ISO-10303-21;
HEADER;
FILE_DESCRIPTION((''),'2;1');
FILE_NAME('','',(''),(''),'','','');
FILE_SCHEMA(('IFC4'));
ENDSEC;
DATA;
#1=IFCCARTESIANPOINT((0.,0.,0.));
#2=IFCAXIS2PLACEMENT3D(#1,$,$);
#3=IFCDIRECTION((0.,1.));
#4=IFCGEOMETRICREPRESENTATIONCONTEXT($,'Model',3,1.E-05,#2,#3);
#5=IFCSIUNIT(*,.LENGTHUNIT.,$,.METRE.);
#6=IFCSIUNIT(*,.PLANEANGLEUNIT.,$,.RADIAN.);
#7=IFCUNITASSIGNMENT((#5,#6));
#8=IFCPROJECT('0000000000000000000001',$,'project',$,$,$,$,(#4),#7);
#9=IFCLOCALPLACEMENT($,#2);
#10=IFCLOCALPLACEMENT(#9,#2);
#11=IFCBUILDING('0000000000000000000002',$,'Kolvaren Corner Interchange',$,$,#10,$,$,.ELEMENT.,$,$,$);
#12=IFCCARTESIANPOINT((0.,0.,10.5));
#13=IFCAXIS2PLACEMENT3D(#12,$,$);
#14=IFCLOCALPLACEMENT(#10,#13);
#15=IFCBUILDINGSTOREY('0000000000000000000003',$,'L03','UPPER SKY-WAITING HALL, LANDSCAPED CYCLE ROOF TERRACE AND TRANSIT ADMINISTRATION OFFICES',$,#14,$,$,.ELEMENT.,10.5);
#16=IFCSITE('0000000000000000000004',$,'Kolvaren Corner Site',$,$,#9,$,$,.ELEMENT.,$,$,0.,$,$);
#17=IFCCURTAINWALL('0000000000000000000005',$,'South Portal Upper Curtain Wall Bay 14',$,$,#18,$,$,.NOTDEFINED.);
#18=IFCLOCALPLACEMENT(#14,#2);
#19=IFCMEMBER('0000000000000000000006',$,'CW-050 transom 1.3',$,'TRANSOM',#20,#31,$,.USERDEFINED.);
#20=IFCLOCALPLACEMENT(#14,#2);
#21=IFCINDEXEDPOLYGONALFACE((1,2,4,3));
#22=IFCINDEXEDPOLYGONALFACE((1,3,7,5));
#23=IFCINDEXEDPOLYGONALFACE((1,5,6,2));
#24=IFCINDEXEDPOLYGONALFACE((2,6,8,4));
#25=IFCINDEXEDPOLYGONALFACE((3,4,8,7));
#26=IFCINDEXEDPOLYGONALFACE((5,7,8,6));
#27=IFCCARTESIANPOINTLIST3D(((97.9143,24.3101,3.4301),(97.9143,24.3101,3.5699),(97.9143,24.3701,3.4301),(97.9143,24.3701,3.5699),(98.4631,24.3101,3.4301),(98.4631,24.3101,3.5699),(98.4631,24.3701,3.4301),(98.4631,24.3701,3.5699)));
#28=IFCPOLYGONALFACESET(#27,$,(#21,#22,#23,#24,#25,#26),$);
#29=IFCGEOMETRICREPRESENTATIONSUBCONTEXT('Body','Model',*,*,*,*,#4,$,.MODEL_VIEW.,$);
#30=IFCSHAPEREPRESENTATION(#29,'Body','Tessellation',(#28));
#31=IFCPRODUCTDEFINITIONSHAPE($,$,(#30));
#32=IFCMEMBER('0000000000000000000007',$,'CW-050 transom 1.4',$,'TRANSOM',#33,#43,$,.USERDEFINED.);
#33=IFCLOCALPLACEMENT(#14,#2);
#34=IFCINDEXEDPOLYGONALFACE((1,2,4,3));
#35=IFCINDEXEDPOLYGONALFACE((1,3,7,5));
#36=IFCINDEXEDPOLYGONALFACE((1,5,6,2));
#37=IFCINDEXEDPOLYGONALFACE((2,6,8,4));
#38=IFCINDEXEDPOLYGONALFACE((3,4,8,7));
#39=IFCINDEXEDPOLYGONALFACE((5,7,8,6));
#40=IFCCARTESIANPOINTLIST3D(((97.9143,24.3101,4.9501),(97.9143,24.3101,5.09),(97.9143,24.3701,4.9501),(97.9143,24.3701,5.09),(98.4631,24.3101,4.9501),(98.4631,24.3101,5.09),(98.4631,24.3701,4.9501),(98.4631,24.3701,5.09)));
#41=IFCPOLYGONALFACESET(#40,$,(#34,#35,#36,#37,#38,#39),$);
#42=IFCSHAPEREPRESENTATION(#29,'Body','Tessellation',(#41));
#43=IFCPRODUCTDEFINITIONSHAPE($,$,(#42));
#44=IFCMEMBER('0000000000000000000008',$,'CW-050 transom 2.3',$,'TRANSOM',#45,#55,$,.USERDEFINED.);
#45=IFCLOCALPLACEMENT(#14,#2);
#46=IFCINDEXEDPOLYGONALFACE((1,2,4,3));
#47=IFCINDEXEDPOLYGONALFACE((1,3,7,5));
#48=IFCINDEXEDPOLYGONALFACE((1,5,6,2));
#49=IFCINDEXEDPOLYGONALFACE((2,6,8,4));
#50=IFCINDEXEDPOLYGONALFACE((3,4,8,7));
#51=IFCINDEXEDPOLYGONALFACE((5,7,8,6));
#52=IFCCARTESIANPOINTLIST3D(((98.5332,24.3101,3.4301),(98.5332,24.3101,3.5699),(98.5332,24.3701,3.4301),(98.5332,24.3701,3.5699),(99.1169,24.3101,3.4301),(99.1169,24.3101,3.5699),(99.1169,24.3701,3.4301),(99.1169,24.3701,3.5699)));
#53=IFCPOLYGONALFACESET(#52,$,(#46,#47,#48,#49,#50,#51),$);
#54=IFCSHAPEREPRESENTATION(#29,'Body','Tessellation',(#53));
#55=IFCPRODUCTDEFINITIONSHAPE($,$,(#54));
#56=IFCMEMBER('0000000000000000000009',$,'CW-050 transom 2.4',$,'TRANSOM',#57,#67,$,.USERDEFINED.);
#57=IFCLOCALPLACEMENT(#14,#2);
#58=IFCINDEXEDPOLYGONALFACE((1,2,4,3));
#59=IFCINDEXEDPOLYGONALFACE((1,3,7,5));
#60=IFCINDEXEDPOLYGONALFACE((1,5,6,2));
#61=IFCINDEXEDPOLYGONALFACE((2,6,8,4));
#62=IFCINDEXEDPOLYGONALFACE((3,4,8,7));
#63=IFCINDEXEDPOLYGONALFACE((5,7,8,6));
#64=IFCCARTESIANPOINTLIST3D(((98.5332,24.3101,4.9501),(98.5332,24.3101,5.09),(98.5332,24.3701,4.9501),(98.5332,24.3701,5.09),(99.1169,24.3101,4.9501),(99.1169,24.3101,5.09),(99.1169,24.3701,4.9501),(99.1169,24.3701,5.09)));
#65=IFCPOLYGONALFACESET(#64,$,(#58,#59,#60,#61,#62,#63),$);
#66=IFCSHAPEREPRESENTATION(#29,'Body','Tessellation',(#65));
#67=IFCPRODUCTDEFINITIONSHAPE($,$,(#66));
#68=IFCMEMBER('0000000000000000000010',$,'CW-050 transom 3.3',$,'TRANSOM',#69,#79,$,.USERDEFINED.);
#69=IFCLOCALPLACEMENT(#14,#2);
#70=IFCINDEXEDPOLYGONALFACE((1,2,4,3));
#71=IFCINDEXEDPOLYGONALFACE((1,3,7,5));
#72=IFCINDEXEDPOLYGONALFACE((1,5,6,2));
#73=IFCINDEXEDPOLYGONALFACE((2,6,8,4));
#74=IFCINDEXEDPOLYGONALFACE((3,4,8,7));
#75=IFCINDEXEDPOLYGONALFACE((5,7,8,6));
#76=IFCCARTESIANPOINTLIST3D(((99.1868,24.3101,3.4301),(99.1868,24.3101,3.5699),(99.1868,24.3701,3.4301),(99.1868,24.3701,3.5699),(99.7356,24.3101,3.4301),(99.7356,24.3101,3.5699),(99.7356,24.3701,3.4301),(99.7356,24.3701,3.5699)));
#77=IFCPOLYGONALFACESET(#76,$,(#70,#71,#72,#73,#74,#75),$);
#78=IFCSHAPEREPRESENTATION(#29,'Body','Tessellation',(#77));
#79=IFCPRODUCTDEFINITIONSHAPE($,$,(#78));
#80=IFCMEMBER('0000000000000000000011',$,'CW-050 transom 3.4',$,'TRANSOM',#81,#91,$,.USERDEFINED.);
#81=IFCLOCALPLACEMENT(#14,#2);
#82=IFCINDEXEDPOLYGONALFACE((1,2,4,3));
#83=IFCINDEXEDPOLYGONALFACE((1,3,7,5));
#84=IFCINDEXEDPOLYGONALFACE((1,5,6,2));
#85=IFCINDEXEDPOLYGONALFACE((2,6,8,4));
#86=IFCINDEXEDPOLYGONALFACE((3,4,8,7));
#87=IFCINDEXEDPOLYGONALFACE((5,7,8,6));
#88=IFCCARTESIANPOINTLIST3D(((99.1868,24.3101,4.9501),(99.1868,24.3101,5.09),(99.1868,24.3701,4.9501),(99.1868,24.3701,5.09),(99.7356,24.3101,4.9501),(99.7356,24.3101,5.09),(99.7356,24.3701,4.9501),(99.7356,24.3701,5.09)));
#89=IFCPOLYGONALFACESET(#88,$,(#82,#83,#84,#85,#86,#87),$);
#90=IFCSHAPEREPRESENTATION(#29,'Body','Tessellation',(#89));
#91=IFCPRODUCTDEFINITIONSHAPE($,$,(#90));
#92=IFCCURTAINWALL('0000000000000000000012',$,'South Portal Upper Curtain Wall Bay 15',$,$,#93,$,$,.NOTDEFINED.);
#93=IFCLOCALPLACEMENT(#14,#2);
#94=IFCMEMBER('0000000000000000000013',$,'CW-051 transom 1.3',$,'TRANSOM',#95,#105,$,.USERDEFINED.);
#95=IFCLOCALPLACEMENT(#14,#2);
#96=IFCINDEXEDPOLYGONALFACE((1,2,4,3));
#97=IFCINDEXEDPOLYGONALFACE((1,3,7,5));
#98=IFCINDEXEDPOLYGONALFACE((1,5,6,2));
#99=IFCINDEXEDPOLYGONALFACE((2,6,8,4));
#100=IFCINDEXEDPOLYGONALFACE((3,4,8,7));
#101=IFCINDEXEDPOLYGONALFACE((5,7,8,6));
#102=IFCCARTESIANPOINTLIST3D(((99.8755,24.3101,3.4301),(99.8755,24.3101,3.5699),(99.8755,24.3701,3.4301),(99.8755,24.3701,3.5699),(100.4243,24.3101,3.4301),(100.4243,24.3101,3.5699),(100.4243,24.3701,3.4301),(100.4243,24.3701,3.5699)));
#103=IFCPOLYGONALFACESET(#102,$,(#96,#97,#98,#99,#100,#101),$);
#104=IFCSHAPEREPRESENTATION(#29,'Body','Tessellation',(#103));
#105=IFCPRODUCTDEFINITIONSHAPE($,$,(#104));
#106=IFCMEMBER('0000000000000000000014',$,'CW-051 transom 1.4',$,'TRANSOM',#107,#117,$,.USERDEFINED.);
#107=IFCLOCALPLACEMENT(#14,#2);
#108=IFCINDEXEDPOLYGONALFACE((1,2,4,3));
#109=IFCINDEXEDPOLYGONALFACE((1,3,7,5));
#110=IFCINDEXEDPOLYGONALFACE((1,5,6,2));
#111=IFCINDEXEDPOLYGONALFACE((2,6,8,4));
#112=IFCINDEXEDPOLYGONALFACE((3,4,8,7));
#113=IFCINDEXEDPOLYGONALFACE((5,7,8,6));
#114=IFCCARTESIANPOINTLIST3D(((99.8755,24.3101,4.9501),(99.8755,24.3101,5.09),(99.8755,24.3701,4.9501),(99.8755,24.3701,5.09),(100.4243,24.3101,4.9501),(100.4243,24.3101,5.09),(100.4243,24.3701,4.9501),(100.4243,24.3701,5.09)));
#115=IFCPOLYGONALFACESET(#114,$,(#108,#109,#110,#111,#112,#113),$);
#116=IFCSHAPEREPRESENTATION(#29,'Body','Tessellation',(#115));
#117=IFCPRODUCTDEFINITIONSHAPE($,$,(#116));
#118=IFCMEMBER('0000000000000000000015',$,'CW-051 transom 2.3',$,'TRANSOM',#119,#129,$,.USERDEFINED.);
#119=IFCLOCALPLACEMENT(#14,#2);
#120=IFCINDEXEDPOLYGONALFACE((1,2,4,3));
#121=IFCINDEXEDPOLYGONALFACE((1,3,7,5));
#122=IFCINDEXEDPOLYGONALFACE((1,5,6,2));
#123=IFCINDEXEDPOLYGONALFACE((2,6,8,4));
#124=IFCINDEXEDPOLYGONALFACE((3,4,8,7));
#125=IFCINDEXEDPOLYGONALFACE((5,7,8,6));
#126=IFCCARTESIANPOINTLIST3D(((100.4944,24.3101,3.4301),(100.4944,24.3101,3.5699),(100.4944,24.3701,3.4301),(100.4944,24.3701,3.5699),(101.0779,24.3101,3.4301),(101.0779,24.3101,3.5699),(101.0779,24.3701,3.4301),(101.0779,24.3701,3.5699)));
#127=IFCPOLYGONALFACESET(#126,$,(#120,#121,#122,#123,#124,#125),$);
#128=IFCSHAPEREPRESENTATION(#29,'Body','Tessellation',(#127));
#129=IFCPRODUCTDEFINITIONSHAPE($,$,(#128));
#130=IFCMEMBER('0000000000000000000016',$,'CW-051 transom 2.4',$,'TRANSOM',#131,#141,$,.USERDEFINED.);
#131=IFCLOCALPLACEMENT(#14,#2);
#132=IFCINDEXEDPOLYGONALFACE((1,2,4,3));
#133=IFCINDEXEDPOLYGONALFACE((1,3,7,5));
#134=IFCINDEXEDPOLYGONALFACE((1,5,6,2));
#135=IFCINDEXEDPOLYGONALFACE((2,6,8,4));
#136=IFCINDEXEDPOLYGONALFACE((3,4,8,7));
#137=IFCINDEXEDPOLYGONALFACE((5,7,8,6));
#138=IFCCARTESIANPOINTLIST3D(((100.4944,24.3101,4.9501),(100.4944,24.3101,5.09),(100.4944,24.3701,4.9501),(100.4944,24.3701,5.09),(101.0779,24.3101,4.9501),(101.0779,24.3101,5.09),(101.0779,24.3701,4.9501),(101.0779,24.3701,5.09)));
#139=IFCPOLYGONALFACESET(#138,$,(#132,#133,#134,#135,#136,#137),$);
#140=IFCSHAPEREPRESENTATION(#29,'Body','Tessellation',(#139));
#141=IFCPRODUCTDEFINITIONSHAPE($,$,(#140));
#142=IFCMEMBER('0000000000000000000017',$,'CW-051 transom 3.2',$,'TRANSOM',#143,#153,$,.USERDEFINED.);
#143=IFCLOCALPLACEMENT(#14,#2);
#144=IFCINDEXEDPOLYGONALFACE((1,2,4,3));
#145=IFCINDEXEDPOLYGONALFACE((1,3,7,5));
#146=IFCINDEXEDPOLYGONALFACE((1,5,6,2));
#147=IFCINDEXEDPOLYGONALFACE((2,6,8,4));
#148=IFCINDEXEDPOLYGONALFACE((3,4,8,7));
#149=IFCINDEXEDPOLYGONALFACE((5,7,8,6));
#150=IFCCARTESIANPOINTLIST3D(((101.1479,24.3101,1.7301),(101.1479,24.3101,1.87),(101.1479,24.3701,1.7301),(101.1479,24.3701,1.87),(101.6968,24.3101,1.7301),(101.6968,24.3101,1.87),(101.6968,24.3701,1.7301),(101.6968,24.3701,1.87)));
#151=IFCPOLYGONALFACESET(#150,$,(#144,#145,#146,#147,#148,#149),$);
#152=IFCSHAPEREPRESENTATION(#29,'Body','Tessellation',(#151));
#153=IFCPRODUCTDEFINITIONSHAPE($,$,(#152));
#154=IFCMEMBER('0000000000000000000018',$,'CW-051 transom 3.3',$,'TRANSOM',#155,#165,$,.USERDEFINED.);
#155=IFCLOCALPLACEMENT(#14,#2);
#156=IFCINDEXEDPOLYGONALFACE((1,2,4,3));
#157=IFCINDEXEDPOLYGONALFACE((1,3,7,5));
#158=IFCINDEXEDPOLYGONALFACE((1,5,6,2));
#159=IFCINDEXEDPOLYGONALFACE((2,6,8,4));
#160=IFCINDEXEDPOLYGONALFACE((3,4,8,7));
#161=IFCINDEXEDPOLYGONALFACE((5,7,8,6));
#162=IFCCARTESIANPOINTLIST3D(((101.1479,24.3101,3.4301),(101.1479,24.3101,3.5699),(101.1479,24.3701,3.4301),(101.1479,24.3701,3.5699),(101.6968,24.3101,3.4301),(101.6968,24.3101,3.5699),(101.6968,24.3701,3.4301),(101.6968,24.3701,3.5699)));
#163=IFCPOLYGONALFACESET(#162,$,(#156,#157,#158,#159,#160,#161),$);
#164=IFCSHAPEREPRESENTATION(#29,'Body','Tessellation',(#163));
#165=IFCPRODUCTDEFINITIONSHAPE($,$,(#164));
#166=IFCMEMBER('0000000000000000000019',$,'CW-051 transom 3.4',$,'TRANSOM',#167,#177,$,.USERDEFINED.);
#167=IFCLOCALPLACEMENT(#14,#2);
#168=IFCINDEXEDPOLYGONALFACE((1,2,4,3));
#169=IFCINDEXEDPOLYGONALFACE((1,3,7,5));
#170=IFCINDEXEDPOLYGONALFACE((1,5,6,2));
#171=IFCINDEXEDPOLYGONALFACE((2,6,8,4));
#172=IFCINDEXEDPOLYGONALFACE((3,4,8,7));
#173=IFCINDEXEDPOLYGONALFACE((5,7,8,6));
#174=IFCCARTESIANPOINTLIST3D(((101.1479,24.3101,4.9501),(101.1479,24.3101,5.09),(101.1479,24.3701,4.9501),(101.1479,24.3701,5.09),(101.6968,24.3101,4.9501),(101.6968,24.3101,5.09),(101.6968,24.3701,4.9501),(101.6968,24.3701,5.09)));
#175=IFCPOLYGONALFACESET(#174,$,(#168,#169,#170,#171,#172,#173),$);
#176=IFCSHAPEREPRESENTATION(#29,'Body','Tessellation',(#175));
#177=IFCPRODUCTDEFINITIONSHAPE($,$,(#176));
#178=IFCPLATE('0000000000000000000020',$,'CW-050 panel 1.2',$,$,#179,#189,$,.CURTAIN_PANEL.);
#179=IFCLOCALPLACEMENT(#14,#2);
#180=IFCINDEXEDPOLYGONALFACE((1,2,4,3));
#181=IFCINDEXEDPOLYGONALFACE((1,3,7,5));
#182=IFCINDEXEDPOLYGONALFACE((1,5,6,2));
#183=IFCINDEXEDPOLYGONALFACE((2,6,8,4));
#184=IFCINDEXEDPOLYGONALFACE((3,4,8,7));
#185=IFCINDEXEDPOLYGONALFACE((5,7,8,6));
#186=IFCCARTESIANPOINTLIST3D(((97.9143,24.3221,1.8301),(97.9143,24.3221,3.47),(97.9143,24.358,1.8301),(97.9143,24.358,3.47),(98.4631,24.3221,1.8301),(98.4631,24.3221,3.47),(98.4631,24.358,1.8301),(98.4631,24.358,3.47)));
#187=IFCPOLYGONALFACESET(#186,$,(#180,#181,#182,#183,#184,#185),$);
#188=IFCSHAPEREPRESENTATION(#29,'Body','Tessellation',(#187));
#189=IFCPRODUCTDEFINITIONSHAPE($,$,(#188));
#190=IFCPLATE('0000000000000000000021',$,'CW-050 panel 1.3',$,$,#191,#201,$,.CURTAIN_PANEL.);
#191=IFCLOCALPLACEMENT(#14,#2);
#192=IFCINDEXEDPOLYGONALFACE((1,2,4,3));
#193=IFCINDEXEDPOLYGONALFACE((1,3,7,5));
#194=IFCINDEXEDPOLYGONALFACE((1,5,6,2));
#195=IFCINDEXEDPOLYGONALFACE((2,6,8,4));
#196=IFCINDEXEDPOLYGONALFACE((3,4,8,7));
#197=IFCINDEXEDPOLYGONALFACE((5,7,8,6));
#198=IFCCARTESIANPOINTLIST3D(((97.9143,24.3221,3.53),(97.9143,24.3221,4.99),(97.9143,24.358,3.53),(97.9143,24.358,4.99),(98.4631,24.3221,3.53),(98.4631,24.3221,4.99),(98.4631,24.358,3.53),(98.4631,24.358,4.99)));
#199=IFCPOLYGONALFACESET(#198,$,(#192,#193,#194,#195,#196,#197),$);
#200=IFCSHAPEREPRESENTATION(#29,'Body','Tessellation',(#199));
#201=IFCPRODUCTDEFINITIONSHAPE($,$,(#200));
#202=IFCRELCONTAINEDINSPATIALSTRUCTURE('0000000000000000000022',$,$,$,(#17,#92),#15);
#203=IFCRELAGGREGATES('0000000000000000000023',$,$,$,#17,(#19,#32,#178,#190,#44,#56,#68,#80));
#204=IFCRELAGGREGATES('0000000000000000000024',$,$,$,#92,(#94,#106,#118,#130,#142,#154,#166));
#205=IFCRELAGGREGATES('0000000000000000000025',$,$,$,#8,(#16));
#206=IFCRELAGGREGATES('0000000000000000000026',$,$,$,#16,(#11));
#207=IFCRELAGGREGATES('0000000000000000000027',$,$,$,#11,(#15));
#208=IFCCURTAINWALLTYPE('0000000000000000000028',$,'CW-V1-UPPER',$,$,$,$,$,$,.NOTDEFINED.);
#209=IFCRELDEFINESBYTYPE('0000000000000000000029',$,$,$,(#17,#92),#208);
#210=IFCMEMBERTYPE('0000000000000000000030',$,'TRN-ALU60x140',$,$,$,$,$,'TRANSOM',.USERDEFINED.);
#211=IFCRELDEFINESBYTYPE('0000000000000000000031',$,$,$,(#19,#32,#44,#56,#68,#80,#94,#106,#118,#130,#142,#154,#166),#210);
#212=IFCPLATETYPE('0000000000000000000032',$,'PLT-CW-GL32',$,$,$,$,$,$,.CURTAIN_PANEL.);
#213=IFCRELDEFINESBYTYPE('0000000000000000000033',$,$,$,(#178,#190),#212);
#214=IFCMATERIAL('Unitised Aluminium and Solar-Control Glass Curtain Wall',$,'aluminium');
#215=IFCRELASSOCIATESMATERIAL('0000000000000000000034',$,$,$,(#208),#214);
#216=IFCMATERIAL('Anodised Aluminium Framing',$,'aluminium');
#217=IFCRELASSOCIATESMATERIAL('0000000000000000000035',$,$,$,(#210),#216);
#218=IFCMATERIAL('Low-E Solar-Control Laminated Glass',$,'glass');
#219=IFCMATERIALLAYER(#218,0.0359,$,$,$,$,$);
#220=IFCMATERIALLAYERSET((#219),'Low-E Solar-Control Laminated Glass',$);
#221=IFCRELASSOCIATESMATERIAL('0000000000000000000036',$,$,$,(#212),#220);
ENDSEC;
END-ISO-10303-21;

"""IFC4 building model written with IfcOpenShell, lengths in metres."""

from ifc_helpers import new_model, si_unit, direction, frame, origin, origin_2d, place, context, subcontext, project, spatial, rectangle, extrude, material, layer, layer_set, material_profile, profile_set, type_object, element, aggregate, save


model = new_model("IFC4")

# Units and contexts
model_context = context("Model", 3, precision=1e-05, world=origin(), true_north=direction((0.0, 1.0)))
body_context = subcontext(model_context, "Body", "Model", "MODEL_VIEW")
ifc_project = project(units=[si_unit("LENGTHUNIT", "METRE"), si_unit("PLANEANGLEUNIT", "RADIAN")], contexts=[model_context])

# Site, building, storey
site_placement = place(None, origin())
site = spatial("IfcSite", under=ifc_project, at=site_placement, Name="Kolvaren Corner Site", CompositionType="ELEMENT", RefElevation=0.0)
building_placement = place(site_placement, origin())
building = spatial("IfcBuilding", under=site, at=building_placement, Name="Kolvaren Corner Interchange", CompositionType="ELEMENT")
storey_placement = place(building_placement, frame((0.0, 0.0, 10.5)))
storey = spatial("IfcBuildingStorey", under=building, at=storey_placement, Name="L03", Description="UPPER SKY-WAITING HALL, LANDSCAPED CYCLE ROOF TERRACE AND TRANSIT ADMINISTRATION OFFICES", CompositionType="ELEMENT", Elevation=10.5)

# Curtain walls, members
ifc_material_1 = material(Name="Unitised Aluminium and Solar-Control Glass Curtain Wall", Category="aluminium")
curtain_wall_type = type_object("IfcCurtainWallType", Name="CW-V1-UPPER", PredefinedType="NOTDEFINED", material=ifc_material_1)
curtain_wall_1_placement = place(storey_placement, origin())
curtain_wall_1 = element("IfcCurtainWall", 1, at=curtain_wall_1_placement, inside=storey, type_object=curtain_wall_type, Name="South Portal Upper Curtain Wall Bay 14", PredefinedType="NOTDEFINED")
ifc_material_2 = material(Name="Anodised Aluminium Framing", Category="aluminium")
ifc_material_profile = material_profile(ifc_material_2, rectangle(XDim=0.0601, YDim=0.1399, at=origin_2d()), Name="ALU 60x140")
ifc_profile_set = profile_set([ifc_material_profile], Name="Anodised Aluminium Framing")
member_type = type_object("IfcMemberType", Name="TRN-ALU60x140", ElementType="TRANSOM", PredefinedType="USERDEFINED", material=ifc_profile_set)
member_1_placement = place(storey_placement, frame((97.9143, 24.3401, 3.5), z_axis=(1.0, 0.0, 0.0), x_axis=(0.0, 1.0, 0.0)))
member_1 = element("IfcMember", 2, at=member_1_placement, type_object=member_type, Name="CW-050 transom 1.3", ObjectType="TRANSOM", PredefinedType="USERDEFINED", context=body_context, shape_type="SweptSolid", body=[
    extrude(rectangle(XDim=0.0601, YDim=0.1399, at=origin_2d()), origin(), (0.0, 0.0, 1.0), 0.5488),
])
member_2_placement = place(storey_placement, frame((97.9143, 24.3401, 5.02), z_axis=(1.0, 0.0, 0.0), x_axis=(0.0, 1.0, 0.0)))
member_2 = element("IfcMember", 3, at=member_2_placement, type_object=member_type, Name="CW-050 transom 1.4", ObjectType="TRANSOM", PredefinedType="USERDEFINED", context=body_context, shape_type="SweptSolid", body=[
    extrude(rectangle(XDim=0.0601, YDim=0.1399, at=origin_2d()), origin(), (0.0, 0.0, 1.0), 0.5488),
])
member_3_placement = place(storey_placement, frame((98.5332, 24.3401, 3.5), z_axis=(1.0, 0.0, 0.0), x_axis=(0.0, 1.0, 0.0)))
member_3 = element("IfcMember", 4, at=member_3_placement, type_object=member_type, Name="CW-050 transom 2.3", ObjectType="TRANSOM", PredefinedType="USERDEFINED", context=body_context, shape_type="SweptSolid", body=[
    extrude(rectangle(XDim=0.0601, YDim=0.1399, at=origin_2d()), origin(), (0.0, 0.0, 1.0), 0.5837),
])
member_4_placement = place(storey_placement, frame((98.5332, 24.3401, 5.02), z_axis=(1.0, 0.0, 0.0), x_axis=(0.0, 1.0, 0.0)))
member_4 = element("IfcMember", 5, at=member_4_placement, type_object=member_type, Name="CW-050 transom 2.4", ObjectType="TRANSOM", PredefinedType="USERDEFINED", context=body_context, shape_type="SweptSolid", body=[
    extrude(rectangle(XDim=0.0601, YDim=0.1399, at=origin_2d()), origin(), (0.0, 0.0, 1.0), 0.5837),
])
member_5_placement = place(storey_placement, frame((99.1868, 24.3401, 3.5), z_axis=(1.0, 0.0, 0.0), x_axis=(0.0, 1.0, 0.0)))
member_5 = element("IfcMember", 6, at=member_5_placement, type_object=member_type, Name="CW-050 transom 3.3", ObjectType="TRANSOM", PredefinedType="USERDEFINED", context=body_context, shape_type="SweptSolid", body=[
    extrude(rectangle(XDim=0.0601, YDim=0.1399, at=origin_2d()), origin(), (0.0, 0.0, 1.0), 0.5488),
])
member_6_placement = place(storey_placement, frame((99.1868, 24.3401, 5.02), z_axis=(1.0, 0.0, 0.0), x_axis=(0.0, 1.0, 0.0)))
member_6 = element("IfcMember", 7, at=member_6_placement, type_object=member_type, Name="CW-050 transom 3.4", ObjectType="TRANSOM", PredefinedType="USERDEFINED", context=body_context, shape_type="SweptSolid", body=[
    extrude(rectangle(XDim=0.0601, YDim=0.1399, at=origin_2d()), origin(), (0.0, 0.0, 1.0), 0.5488),
])
curtain_wall_2_placement = place(storey_placement, origin())
curtain_wall_2 = element("IfcCurtainWall", 8, at=curtain_wall_2_placement, inside=storey, type_object=curtain_wall_type, Name="South Portal Upper Curtain Wall Bay 15", PredefinedType="NOTDEFINED")
member_7_placement = place(storey_placement, frame((99.8755, 24.3401, 3.5), z_axis=(1.0, 0.0, 0.0), x_axis=(0.0, 1.0, 0.0)))
member_7 = element("IfcMember", 9, at=member_7_placement, type_object=member_type, Name="CW-051 transom 1.3", ObjectType="TRANSOM", PredefinedType="USERDEFINED", context=body_context, shape_type="SweptSolid", body=[
    extrude(rectangle(XDim=0.0601, YDim=0.1399, at=origin_2d()), origin(), (0.0, 0.0, 1.0), 0.5488),
])
member_8_placement = place(storey_placement, frame((99.8755, 24.3401, 5.02), z_axis=(1.0, 0.0, 0.0), x_axis=(0.0, 1.0, 0.0)))
member_8 = element("IfcMember", 10, at=member_8_placement, type_object=member_type, Name="CW-051 transom 1.4", ObjectType="TRANSOM", PredefinedType="USERDEFINED", context=body_context, shape_type="SweptSolid", body=[
    extrude(rectangle(XDim=0.0601, YDim=0.1399, at=origin_2d()), origin(), (0.0, 0.0, 1.0), 0.5488),
])
member_9_placement = place(storey_placement, frame((100.4944, 24.3401, 3.5), z_axis=(1.0, 0.0, 0.0), x_axis=(0.0, 1.0, 0.0)))
member_9 = element("IfcMember", 11, at=member_9_placement, type_object=member_type, Name="CW-051 transom 2.3", ObjectType="TRANSOM", PredefinedType="USERDEFINED", context=body_context, shape_type="SweptSolid", body=[
    extrude(rectangle(XDim=0.0601, YDim=0.1399, at=origin_2d()), origin(), (0.0, 0.0, 1.0), 0.5835),
])
member_10_placement = place(storey_placement, frame((100.4944, 24.3401, 5.02), z_axis=(1.0, 0.0, 0.0), x_axis=(0.0, 1.0, 0.0)))
member_10 = element("IfcMember", 12, at=member_10_placement, type_object=member_type, Name="CW-051 transom 2.4", ObjectType="TRANSOM", PredefinedType="USERDEFINED", context=body_context, shape_type="SweptSolid", body=[
    extrude(rectangle(XDim=0.0601, YDim=0.1399, at=origin_2d()), origin(), (0.0, 0.0, 1.0), 0.5835),
])
member_11_placement = place(storey_placement, frame((101.1479, 24.3401, 1.8), z_axis=(1.0, 0.0, 0.0), x_axis=(0.0, 1.0, 0.0)))
member_11 = element("IfcMember", 13, at=member_11_placement, type_object=member_type, Name="CW-051 transom 3.2", ObjectType="TRANSOM", PredefinedType="USERDEFINED", context=body_context, shape_type="SweptSolid", body=[
    extrude(rectangle(XDim=0.0601, YDim=0.1399, at=origin_2d()), origin(), (0.0, 0.0, 1.0), 0.5488),
])
member_12_placement = place(storey_placement, frame((101.1479, 24.3401, 3.5), z_axis=(1.0, 0.0, 0.0), x_axis=(0.0, 1.0, 0.0)))
member_12 = element("IfcMember", 14, at=member_12_placement, type_object=member_type, Name="CW-051 transom 3.3", ObjectType="TRANSOM", PredefinedType="USERDEFINED", context=body_context, shape_type="SweptSolid", body=[
    extrude(rectangle(XDim=0.0601, YDim=0.1399, at=origin_2d()), origin(), (0.0, 0.0, 1.0), 0.5488),
])
member_13_placement = place(storey_placement, frame((101.1479, 24.3401, 5.02), z_axis=(1.0, 0.0, 0.0), x_axis=(0.0, 1.0, 0.0)))
member_13 = element("IfcMember", 15, at=member_13_placement, type_object=member_type, Name="CW-051 transom 3.4", ObjectType="TRANSOM", PredefinedType="USERDEFINED", context=body_context, shape_type="SweptSolid", body=[
    extrude(rectangle(XDim=0.0601, YDim=0.1399, at=origin_2d()), origin(), (0.0, 0.0, 1.0), 0.5488),
])

# Plates
ifc_material_3 = material(Name="Low-E Solar-Control Laminated Glass", Category="glass")
ifc_layer = layer(ifc_material_3, 0.0359)
ifc_layer_set = layer_set([ifc_layer], Name="Low-E Solar-Control Laminated Glass")
plate_type = type_object("IfcPlateType", Name="PLT-CW-GL32", PredefinedType="CURTAIN_PANEL", material=ifc_layer_set)
plate_1_placement = place(storey_placement, frame((98.1887, 24.3401, 1.8301), z_axis=(0.0, 0.0, 1.0), x_axis=(1.0, 0.0, 0.0)))
plate_1 = element("IfcPlate", 16, at=plate_1_placement, type_object=plate_type, Name="CW-050 panel 1.2", PredefinedType="CURTAIN_PANEL", context=body_context, shape_type="SweptSolid", body=[
    extrude(rectangle(XDim=0.5488, YDim=0.0359, at=origin_2d()), origin(), (0.0, 0.0, 1.0), 1.6399),
])
plate_2_placement = place(storey_placement, frame((98.1887, 24.3401, 3.53), z_axis=(0.0, 0.0, 1.0), x_axis=(1.0, 0.0, 0.0)))
plate_2 = element("IfcPlate", 17, at=plate_2_placement, type_object=plate_type, Name="CW-050 panel 1.3", PredefinedType="CURTAIN_PANEL", context=body_context, shape_type="SweptSolid", body=[
    extrude(rectangle(XDim=0.5488, YDim=0.0359, at=origin_2d()), origin(), (0.0, 0.0, 1.0), 1.46),
])
aggregate(curtain_wall_1, [member_1, member_2, plate_1, plate_2, member_3, member_4, member_5, member_6])
aggregate(curtain_wall_2, [member_7, member_8, member_9, member_10, member_11, member_12, member_13])

save(model, "model.ifc")
